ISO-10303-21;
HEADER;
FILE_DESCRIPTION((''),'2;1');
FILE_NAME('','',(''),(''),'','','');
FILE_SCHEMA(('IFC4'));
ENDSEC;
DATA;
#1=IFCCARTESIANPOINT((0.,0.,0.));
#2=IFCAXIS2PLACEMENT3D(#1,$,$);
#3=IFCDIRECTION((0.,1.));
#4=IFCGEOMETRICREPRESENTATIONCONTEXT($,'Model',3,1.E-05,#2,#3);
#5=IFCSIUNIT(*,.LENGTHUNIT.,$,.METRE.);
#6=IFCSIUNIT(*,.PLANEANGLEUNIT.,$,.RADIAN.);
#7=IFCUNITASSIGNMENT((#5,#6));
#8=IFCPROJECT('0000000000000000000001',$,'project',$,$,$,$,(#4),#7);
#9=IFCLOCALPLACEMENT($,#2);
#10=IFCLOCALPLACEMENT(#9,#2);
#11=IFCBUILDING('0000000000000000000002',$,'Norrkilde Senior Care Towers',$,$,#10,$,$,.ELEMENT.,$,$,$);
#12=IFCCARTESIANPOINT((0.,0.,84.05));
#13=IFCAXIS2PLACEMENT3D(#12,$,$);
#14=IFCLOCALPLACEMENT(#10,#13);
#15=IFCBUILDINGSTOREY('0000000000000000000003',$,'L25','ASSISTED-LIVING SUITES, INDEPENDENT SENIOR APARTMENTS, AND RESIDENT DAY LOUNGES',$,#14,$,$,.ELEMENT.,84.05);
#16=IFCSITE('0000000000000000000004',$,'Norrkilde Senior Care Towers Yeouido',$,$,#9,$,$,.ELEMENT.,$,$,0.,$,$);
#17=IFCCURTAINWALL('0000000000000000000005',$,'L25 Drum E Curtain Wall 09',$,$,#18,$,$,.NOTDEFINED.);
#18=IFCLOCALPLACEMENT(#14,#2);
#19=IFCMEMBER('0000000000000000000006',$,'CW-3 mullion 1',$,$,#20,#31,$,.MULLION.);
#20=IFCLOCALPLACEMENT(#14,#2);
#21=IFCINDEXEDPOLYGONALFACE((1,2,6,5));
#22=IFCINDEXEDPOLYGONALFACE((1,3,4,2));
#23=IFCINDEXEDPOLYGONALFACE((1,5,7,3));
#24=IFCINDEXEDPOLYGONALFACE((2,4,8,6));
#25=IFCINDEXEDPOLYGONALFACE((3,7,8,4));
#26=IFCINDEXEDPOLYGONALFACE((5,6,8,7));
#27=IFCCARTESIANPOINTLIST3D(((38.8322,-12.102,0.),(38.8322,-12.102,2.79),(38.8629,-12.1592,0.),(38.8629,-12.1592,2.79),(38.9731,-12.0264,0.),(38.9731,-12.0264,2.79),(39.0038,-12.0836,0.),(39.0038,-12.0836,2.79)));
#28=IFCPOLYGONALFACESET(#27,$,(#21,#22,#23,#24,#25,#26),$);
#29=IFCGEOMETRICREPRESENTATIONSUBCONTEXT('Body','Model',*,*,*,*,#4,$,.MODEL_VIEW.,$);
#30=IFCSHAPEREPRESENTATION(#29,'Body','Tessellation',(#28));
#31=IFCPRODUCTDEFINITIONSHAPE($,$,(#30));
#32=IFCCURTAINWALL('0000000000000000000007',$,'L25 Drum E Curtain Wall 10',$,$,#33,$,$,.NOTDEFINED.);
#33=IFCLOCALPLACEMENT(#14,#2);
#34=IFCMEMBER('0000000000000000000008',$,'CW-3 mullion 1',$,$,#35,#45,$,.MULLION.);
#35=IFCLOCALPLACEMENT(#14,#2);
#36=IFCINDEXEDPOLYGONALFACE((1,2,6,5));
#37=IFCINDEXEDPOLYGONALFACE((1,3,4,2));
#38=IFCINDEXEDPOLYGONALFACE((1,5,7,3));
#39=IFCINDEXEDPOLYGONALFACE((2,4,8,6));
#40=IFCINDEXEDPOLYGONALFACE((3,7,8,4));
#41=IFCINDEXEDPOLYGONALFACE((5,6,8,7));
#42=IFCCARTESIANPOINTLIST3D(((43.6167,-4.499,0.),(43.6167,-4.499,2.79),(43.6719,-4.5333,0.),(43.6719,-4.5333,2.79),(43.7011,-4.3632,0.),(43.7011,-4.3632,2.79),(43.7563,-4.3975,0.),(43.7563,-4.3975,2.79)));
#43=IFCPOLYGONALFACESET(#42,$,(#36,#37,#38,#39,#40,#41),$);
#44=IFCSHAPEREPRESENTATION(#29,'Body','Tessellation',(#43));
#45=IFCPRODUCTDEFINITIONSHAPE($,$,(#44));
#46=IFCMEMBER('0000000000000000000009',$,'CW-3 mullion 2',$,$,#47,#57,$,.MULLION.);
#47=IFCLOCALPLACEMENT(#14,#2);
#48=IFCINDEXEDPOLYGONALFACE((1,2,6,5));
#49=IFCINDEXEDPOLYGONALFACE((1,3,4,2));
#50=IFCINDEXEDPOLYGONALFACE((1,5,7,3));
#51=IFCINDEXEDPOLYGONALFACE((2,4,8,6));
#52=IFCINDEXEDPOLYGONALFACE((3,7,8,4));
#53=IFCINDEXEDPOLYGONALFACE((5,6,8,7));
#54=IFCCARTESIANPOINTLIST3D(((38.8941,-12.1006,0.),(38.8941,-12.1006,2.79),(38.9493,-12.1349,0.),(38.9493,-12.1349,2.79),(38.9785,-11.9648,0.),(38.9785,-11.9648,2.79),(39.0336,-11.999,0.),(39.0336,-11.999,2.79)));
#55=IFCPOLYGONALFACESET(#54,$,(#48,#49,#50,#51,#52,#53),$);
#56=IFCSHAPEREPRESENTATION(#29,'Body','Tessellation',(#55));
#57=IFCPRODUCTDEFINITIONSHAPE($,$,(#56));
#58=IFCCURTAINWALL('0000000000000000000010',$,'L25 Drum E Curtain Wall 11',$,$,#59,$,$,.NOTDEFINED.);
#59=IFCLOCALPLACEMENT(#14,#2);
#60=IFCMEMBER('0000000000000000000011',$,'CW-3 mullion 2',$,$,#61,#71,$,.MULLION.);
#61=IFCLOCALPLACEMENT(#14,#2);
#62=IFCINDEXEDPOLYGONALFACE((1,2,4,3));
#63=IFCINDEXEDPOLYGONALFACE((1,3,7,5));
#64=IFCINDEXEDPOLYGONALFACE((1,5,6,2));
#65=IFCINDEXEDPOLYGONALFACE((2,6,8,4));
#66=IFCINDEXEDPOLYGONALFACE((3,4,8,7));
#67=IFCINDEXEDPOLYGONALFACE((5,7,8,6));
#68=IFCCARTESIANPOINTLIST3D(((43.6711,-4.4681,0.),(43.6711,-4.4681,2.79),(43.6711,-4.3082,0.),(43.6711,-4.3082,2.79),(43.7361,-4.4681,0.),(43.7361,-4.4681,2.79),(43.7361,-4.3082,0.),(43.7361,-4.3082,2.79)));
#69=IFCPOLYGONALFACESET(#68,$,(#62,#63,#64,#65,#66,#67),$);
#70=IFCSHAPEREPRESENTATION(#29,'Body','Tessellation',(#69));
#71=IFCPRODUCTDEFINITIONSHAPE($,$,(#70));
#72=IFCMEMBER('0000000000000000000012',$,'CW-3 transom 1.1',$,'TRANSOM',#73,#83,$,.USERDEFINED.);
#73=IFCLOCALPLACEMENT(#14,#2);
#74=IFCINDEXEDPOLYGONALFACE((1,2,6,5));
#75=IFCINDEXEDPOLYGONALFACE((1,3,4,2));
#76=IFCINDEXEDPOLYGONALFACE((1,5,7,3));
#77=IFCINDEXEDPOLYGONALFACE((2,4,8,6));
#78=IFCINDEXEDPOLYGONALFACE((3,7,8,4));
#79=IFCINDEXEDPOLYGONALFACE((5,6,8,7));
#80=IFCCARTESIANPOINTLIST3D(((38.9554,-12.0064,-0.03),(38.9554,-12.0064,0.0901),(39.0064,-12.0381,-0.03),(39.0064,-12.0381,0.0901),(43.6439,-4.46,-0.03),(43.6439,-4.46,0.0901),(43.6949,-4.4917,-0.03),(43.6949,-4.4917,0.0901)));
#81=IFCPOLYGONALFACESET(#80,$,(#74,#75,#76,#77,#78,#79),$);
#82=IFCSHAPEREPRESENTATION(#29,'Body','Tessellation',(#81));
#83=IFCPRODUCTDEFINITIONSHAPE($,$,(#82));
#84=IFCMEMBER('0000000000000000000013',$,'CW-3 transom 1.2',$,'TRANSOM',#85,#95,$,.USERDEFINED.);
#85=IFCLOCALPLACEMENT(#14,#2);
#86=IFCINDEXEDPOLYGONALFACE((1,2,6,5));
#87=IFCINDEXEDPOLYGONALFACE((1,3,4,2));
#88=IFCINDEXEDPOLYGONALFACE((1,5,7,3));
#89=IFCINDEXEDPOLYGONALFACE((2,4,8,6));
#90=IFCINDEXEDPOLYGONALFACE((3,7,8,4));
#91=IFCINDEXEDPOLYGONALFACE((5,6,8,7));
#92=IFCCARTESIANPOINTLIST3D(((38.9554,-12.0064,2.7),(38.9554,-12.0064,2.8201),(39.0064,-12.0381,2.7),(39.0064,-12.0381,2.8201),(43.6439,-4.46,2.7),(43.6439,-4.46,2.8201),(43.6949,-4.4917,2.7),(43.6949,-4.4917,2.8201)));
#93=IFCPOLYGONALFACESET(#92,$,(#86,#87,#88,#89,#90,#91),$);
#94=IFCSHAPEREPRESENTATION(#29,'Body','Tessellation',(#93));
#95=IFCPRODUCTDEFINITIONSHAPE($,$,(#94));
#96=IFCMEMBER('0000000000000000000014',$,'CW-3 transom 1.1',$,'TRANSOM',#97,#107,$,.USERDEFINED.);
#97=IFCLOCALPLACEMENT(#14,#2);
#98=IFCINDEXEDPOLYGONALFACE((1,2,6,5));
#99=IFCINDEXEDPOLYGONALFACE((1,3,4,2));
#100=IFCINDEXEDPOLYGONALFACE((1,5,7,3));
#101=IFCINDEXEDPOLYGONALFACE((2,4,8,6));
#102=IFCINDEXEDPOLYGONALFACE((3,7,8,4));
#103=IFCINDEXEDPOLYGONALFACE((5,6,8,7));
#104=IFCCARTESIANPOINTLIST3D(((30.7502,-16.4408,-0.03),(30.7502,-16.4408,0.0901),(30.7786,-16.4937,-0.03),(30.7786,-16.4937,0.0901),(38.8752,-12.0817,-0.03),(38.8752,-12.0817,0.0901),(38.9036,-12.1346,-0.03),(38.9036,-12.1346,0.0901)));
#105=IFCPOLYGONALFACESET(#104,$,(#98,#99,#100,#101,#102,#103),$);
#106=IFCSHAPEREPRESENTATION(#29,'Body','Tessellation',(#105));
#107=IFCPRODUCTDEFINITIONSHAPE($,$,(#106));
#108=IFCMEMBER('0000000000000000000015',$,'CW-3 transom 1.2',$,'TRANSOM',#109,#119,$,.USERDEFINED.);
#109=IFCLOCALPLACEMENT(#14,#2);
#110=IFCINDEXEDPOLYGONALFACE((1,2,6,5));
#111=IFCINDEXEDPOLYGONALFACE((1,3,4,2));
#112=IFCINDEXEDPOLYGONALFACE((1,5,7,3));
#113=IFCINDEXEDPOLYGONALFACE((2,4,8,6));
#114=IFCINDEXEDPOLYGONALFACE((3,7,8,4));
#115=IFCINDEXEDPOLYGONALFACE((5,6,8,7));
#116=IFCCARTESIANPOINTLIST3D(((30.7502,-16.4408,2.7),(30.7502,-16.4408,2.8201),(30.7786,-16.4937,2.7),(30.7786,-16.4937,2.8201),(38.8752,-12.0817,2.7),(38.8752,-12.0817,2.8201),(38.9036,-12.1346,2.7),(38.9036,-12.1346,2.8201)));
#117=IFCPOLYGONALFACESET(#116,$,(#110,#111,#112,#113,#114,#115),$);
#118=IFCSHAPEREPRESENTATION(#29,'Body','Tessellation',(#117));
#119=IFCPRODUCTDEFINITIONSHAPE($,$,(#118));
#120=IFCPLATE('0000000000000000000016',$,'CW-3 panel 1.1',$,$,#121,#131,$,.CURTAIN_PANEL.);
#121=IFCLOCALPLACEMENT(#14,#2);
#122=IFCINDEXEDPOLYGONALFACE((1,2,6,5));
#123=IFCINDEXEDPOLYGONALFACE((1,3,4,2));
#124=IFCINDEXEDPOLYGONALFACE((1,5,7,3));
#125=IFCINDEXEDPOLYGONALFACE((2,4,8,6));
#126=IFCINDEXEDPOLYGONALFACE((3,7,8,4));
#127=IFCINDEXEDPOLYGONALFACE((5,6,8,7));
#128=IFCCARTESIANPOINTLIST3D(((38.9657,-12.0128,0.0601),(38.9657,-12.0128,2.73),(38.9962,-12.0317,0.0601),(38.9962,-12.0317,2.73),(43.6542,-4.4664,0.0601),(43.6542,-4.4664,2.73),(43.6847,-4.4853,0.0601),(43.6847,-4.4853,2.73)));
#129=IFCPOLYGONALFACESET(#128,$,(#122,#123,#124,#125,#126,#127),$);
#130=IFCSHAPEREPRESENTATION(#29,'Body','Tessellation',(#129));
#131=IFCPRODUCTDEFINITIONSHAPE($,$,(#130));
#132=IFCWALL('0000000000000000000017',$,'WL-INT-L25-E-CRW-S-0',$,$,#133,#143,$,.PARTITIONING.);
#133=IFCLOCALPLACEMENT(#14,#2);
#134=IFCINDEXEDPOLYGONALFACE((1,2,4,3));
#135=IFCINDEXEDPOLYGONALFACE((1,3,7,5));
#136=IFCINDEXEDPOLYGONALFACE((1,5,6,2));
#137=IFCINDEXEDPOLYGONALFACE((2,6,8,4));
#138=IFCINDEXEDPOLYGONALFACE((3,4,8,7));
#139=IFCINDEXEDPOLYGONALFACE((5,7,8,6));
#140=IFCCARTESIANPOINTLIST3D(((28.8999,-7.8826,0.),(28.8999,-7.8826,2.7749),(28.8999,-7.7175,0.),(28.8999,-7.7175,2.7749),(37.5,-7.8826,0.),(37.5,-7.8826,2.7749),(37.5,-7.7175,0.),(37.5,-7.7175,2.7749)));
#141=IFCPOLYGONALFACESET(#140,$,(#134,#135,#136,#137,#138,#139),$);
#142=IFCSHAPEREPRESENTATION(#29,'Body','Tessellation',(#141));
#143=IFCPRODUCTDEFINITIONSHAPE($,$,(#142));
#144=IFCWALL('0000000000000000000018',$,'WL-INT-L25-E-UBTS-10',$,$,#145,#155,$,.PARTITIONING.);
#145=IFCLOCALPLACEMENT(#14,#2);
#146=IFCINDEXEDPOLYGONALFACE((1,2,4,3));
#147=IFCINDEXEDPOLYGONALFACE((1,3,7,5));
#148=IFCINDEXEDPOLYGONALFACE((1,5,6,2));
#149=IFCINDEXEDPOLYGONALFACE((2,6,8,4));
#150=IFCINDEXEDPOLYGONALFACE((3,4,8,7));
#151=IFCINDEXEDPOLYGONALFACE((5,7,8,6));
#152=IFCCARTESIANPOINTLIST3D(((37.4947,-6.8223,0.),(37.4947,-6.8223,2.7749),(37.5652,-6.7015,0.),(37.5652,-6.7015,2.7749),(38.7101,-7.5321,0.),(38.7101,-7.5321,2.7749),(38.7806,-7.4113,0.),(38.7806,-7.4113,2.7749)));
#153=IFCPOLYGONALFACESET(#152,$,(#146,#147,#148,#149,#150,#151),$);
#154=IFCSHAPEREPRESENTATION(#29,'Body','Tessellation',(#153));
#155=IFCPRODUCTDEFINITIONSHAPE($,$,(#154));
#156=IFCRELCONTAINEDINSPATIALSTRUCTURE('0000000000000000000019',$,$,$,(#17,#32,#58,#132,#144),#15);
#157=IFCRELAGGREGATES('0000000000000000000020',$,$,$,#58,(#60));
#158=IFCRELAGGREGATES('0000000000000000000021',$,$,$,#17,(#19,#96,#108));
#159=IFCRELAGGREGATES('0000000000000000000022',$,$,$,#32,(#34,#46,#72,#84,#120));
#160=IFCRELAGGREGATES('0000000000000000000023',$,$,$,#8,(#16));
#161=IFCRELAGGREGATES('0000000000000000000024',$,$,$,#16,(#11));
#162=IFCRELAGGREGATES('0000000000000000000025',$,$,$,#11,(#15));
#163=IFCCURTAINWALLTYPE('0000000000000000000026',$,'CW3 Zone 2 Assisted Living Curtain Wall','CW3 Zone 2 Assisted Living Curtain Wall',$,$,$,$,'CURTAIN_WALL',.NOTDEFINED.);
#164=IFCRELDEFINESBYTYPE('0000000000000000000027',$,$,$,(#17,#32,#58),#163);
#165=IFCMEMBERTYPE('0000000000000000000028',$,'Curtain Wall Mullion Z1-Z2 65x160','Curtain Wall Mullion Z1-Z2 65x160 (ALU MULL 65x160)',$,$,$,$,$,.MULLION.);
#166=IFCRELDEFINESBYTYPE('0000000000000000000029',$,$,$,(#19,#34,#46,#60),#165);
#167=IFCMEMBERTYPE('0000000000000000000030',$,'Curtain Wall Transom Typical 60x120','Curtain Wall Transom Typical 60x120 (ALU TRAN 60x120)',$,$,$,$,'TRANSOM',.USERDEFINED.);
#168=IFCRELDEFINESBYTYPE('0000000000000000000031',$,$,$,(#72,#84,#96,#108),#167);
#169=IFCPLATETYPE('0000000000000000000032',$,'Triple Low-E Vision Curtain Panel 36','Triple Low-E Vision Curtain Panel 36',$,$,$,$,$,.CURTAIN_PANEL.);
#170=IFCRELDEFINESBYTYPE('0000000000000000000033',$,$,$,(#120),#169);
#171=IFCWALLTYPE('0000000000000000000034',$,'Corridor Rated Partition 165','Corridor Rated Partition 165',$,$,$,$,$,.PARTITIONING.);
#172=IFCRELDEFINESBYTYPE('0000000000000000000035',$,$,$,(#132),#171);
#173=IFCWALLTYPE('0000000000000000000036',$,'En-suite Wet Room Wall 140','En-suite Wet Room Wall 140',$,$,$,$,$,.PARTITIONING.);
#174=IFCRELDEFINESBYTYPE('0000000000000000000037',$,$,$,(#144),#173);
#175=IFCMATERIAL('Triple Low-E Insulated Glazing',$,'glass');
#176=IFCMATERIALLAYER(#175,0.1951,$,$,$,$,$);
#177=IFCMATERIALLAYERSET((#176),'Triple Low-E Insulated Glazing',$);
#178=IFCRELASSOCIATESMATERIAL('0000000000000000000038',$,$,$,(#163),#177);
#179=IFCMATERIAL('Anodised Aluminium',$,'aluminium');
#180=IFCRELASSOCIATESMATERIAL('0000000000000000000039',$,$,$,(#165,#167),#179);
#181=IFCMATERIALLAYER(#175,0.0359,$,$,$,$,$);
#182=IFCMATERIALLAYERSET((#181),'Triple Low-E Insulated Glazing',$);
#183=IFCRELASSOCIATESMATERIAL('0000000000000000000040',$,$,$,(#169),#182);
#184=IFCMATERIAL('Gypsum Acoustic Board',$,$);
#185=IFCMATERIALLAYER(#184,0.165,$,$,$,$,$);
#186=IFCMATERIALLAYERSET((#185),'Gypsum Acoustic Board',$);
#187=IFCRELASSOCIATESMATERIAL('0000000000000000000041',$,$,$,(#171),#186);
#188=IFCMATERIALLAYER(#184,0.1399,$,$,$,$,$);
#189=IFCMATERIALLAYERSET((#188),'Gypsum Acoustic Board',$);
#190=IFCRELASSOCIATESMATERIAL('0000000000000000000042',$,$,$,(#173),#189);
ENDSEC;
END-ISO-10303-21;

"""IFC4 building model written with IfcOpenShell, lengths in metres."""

from ifc_helpers import new_model, si_unit, direction, frame, frame_2d, origin, origin_2d, place, context, subcontext, project, spatial, rectangle, extrude, source, transform, mapped, material, layer, layer_set, material_profile, profile_set, type_object, type_shapes, element, aggregate, save


model = new_model("IFC4")

# Units and contexts
model_context = context("Model", 3, precision=1e-05, world=origin(), true_north=direction((0.0, 1.0)))
body_context = subcontext(model_context, "Body", "Model", "MODEL_VIEW")
ifc_project = project(units=[si_unit("LENGTHUNIT", "METRE"), si_unit("PLANEANGLEUNIT", "RADIAN")], contexts=[model_context])

# Site, building, storey
site_placement = place(None, origin())
site = spatial("IfcSite", under=ifc_project, at=site_placement, Name="Norrkilde Senior Care Towers Yeouido", CompositionType="ELEMENT", RefElevation=0.0)
building_placement = place(site_placement, origin())
building = spatial("IfcBuilding", under=site, at=building_placement, Name="Norrkilde Senior Care Towers", CompositionType="ELEMENT")
storey_placement = place(building_placement, frame((0.0, 0.0, 84.05)))
storey = spatial("IfcBuildingStorey", under=building, at=storey_placement, Name="L25", Description="ASSISTED-LIVING SUITES, INDEPENDENT SENIOR APARTMENTS, AND RESIDENT DAY LOUNGES", CompositionType="ELEMENT", Elevation=84.05)

# Curtain wall, member
ifc_material_1 = material(Name="Triple Low-E Insulated Glazing", Category="glass")
ifc_layer_1 = layer(ifc_material_1, 0.1951)
ifc_layer_set_1 = layer_set([ifc_layer_1], Name="Triple Low-E Insulated Glazing")
curtain_wall_type = type_object("IfcCurtainWallType", Name="CW3 Zone 2 Assisted Living Curtain Wall", Description="CW3 Zone 2 Assisted Living Curtain Wall", ElementType="CURTAIN_WALL", PredefinedType="NOTDEFINED", material=ifc_layer_set_1)
curtain_wall_1_placement = place(storey_placement, origin())
curtain_wall_1 = element("IfcCurtainWall", 1, at=curtain_wall_1_placement, inside=storey, type_object=curtain_wall_type, Name="L25 Drum E Curtain Wall 09", PredefinedType="NOTDEFINED")
ifc_material_2 = material(Name="Anodised Aluminium", Category="aluminium")
ifc_material_profile_1 = material_profile(ifc_material_2, rectangle(XDim=0.0649, YDim=0.1599, at=origin_2d()), Name="ALU MULL 65x160")
ifc_profile_set_1 = profile_set([ifc_material_profile_1], Name="Anodised Aluminium")
member_type_1 = type_object("IfcMemberType", Name="Curtain Wall Mullion Z1-Z2 65x160", Description="Curtain Wall Mullion Z1-Z2 65x160 (ALU MULL 65x160)", PredefinedType="MULLION", material=ifc_profile_set_1)
shared_shape_1 = source(origin(), body_context, "Body", "SweptSolid", [
    extrude(rectangle(XDim=0.0649, YDim=0.1599, at=origin_2d()), origin(), (0.0, 0.0, 1.0), 2.79),
])
type_shapes(member_type_1, [shared_shape_1])
member_1_placement = place(storey_placement, frame((38.918, -12.0928, 0.0), z_axis=(0.0, 0.0, 1.0), x_axis=(0.472769, -0.881186, 0.0)))
member_1 = element("IfcMember", 2, at=member_1_placement, type_object=member_type_1, Name="CW-3 mullion 1", PredefinedType="MULLION", context=body_context, shape_type="MappedRepresentation", body=[
    mapped(shared_shape_1, transform((0.0, 0.0, 0.0), x_axis=(1.0, 0.0, 0.0), y_axis=(0.0, 1.0, 0.0), z_axis=(0.0, 0.0, 1.0), scale=1.0)),
])

# Curtain wall, members
curtain_wall_2_placement = place(storey_placement, origin())
curtain_wall_2 = element("IfcCurtainWall", 3, at=curtain_wall_2_placement, inside=storey, type_object=curtain_wall_type, Name="L25 Drum E Curtain Wall 10", PredefinedType="NOTDEFINED")
member_2_placement = place(storey_placement, frame((43.6865, -4.4482, 0.0), z_axis=(0.0, 0.0, 1.0), x_axis=(0.84941, -0.527733, 0.0)))
member_2 = element("IfcMember", 4, at=member_2_placement, type_object=member_type_1, Name="CW-3 mullion 1", PredefinedType="MULLION", context=body_context, shape_type="MappedRepresentation", body=[
    mapped(shared_shape_1, transform((0.0, 0.0, 0.0), x_axis=(1.0, 0.0, 0.0), y_axis=(0.0, 1.0, 0.0), z_axis=(0.0, 0.0, 1.0), scale=1.0)),
])
member_3_placement = place(storey_placement, frame((38.9639, -12.0498, 0.0), z_axis=(0.0, 0.0, 1.0), x_axis=(0.84941, -0.527733, 0.0)))
member_3 = element("IfcMember", 5, at=member_3_placement, type_object=member_type_1, Name="CW-3 mullion 2", PredefinedType="MULLION", context=body_context, shape_type="MappedRepresentation", body=[
    mapped(shared_shape_1, transform((0.0, 0.0, 0.0), x_axis=(1.0, 0.0, 0.0), y_axis=(0.0, 1.0, 0.0), z_axis=(0.0, 0.0, 1.0), scale=1.0)),
])

# Curtain wall, member
curtain_wall_3_placement = place(storey_placement, origin())
curtain_wall_3 = element("IfcCurtainWall", 6, at=curtain_wall_3_placement, inside=storey, type_object=curtain_wall_type, Name="L25 Drum E Curtain Wall 11", PredefinedType="NOTDEFINED")
member_4_placement = place(storey_placement, frame((43.7036, -4.3882, 0.0), z_axis=(0.0, 0.0, 1.0), x_axis=(1.0, 0.0, 0.0)))
member_4 = element("IfcMember", 7, at=member_4_placement, type_object=member_type_1, Name="CW-3 mullion 2", PredefinedType="MULLION", context=body_context, shape_type="MappedRepresentation", body=[
    mapped(shared_shape_1, transform((0.0, 0.0, 0.0), x_axis=(1.0, 0.0, 0.0), y_axis=(0.0, 1.0, 0.0), z_axis=(0.0, 0.0, 1.0), scale=1.0)),
])
aggregate(curtain_wall_3, [member_4])

# Members
ifc_material_profile_2 = material_profile(ifc_material_2, rectangle(XDim=0.0601, YDim=0.1201, at=origin_2d()), Name="ALU TRAN 60x120")
ifc_profile_set_2 = profile_set([ifc_material_profile_2], Name="Anodised Aluminium")
member_type_2 = type_object("IfcMemberType", Name="Curtain Wall Transom Typical 60x120", Description="Curtain Wall Transom Typical 60x120 (ALU TRAN 60x120)", ElementType="TRANSOM", PredefinedType="USERDEFINED", material=ifc_profile_set_2)
shared_shape_2 = source(origin(), body_context, "Body", "SweptSolid", [
    extrude(rectangle(XDim=0.0601, YDim=0.1201, at=origin_2d()), origin(), (0.0, 0.0, 1.0), 8.8843),
])
member_5_placement = place(storey_placement, frame((43.6694, -4.4758, 0.03), z_axis=(-0.527729, -0.849413, 0.0), x_axis=(0.849413, -0.527729, 0.0)))
member_5 = element("IfcMember", 8, at=member_5_placement, type_object=member_type_2, Name="CW-3 transom 1.1", ObjectType="TRANSOM", PredefinedType="USERDEFINED", context=body_context, shape_type="MappedRepresentation", body=[
    mapped(shared_shape_2, transform((0.0, 0.0, 0.0), x_axis=(1.0, 0.0, 0.0), y_axis=(0.0, 1.0, 0.0), z_axis=(0.0, 0.0, 1.0), scale=1.0)),
])
member_6_placement = place(storey_placement, frame((43.6694, -4.4758, 2.76), z_axis=(-0.527729, -0.849413, 0.0), x_axis=(0.849413, -0.527729, 0.0)))
member_6 = element("IfcMember", 9, at=member_6_placement, type_object=member_type_2, Name="CW-3 transom 1.2", ObjectType="TRANSOM", PredefinedType="USERDEFINED", context=body_context, shape_type="MappedRepresentation", body=[
    mapped(shared_shape_2, transform((0.0, 0.0, 0.0), x_axis=(1.0, 0.0, 0.0), y_axis=(0.0, 1.0, 0.0), z_axis=(0.0, 0.0, 1.0), scale=1.0)),
])
shared_shape_3 = source(origin(), body_context, "Body", "SweptSolid", [
    extrude(rectangle(XDim=0.0601, YDim=0.1201, at=origin_2d()), origin(), (0.0, 0.0, 1.0), 9.2205),
])
type_shapes(member_type_2, [shared_shape_2, shared_shape_3])
member_7_placement = place(storey_placement, frame((38.8894, -12.1082, 0.03), z_axis=(-0.881189, -0.472765, 0.0), x_axis=(0.472765, -0.881189, 0.0)))
member_7 = element("IfcMember", 10, at=member_7_placement, type_object=member_type_2, Name="CW-3 transom 1.1", ObjectType="TRANSOM", PredefinedType="USERDEFINED", context=body_context, shape_type="MappedRepresentation", body=[
    mapped(shared_shape_3, transform((0.0, 0.0, 0.0), x_axis=(1.0, 0.0, 0.0), y_axis=(0.0, 1.0, 0.0), z_axis=(0.0, 0.0, 1.0), scale=1.0)),
])
member_8_placement = place(storey_placement, frame((38.8894, -12.1082, 2.76), z_axis=(-0.881189, -0.472765, 0.0), x_axis=(0.472765, -0.881189, 0.0)))
member_8 = element("IfcMember", 11, at=member_8_placement, type_object=member_type_2, Name="CW-3 transom 1.2", ObjectType="TRANSOM", PredefinedType="USERDEFINED", context=body_context, shape_type="MappedRepresentation", body=[
    mapped(shared_shape_3, transform((0.0, 0.0, 0.0), x_axis=(1.0, 0.0, 0.0), y_axis=(0.0, 1.0, 0.0), z_axis=(0.0, 0.0, 1.0), scale=1.0)),
])
aggregate(curtain_wall_1, [member_1, member_7, member_8])

# Plate
ifc_layer_2 = layer(ifc_material_1, 0.0359)
ifc_layer_set_2 = layer_set([ifc_layer_2], Name="Triple Low-E Insulated Glazing")
plate_type = type_object("IfcPlateType", Name="Triple Low-E Vision Curtain Panel 36", Description="Triple Low-E Vision Curtain Panel 36", PredefinedType="CURTAIN_PANEL", material=ifc_layer_set_2)
shared_shape_4 = source(origin(), body_context, "Body", "SweptSolid", [
    extrude(rectangle(XDim=8.8843, YDim=0.0359, at=origin_2d()), origin(), (0.0, 0.0, 1.0), 2.6699),
])
type_shapes(plate_type, [shared_shape_4])
plate_placement = place(storey_placement, frame((41.3252, -8.249, 0.0601), z_axis=(0.0, 0.0, 1.0), x_axis=(-0.527733, -0.84941, 0.0)))
plate = element("IfcPlate", 12, at=plate_placement, type_object=plate_type, Name="CW-3 panel 1.1", PredefinedType="CURTAIN_PANEL", context=body_context, shape_type="MappedRepresentation", body=[
    mapped(shared_shape_4, transform((0.0, 0.0, 0.0), x_axis=(1.0, 0.0, 0.0), y_axis=(0.0, 1.0, 0.0), z_axis=(0.0, 0.0, 1.0), scale=1.0)),
])
aggregate(curtain_wall_2, [member_2, member_3, member_5, member_6, plate])

# Walls
ifc_material_3 = material(Name="Gypsum Acoustic Board")
ifc_layer_3 = layer(ifc_material_3, 0.165)
ifc_layer_set_3 = layer_set([ifc_layer_3], Name="Gypsum Acoustic Board")
wall_type_1 = type_object("IfcWallType", Name="Corridor Rated Partition 165", Description="Corridor Rated Partition 165", PredefinedType="PARTITIONING", material=ifc_layer_set_3)
shared_shape_5 = source(origin(), body_context, "Body", "SweptSolid", [
    extrude(rectangle(XDim=8.6001, YDim=0.165, at=frame_2d((4.3, 0.0))), origin(), (0.0, 0.0, 1.0), 2.7749),
])
type_shapes(wall_type_1, [shared_shape_5])
wall_1_placement = place(storey_placement, frame((37.5, -7.8, 0.0), z_axis=(0.0, 0.0, 1.0), x_axis=(-1.0, 0.0, 0.0)))
element("IfcWall", 13, at=wall_1_placement, inside=storey, type_object=wall_type_1, Name="WL-INT-L25-E-CRW-S-0", PredefinedType="PARTITIONING", context=body_context, shape_type="MappedRepresentation", body=[
    mapped(shared_shape_5, transform((0.0, 0.0, 0.0), x_axis=(1.0, 0.0, 0.0), y_axis=(0.0, 1.0, 0.0), z_axis=(0.0, 0.0, 1.0), scale=1.0)),
])
ifc_layer_4 = layer(ifc_material_3, 0.1399)
ifc_layer_set_4 = layer_set([ifc_layer_4], Name="Gypsum Acoustic Board")
wall_type_2 = type_object("IfcWallType", Name="En-suite Wet Room Wall 140", Description="En-suite Wet Room Wall 140", PredefinedType="PARTITIONING", material=ifc_layer_set_4)
shared_shape_6 = source(origin(), body_context, "Body", "SweptSolid", [
    extrude(rectangle(XDim=1.4075, YDim=0.1399, at=frame_2d((0.7036, 0.0))), origin(), (0.0, 0.0, 1.0), 2.7749),
])
wall_2_placement = place(storey_placement, frame((37.53, -6.762, 0.0), z_axis=(0.0, 0.0, 1.0), x_axis=(0.86354, -0.504281, 0.0)))
element("IfcWall", 14, at=wall_2_placement, inside=storey, type_object=wall_type_2, Name="WL-INT-L25-E-UBTS-10", PredefinedType="PARTITIONING", context=body_context, shape_type="MappedRepresentation", body=[
    mapped(shared_shape_6, transform((0.0, 0.0, 0.0), x_axis=(1.0, 0.0, 0.0), y_axis=(0.0, 1.0, 0.0), z_axis=(0.0, 0.0, 1.0), scale=1.0)),
])

save(model, "model.ifc")
